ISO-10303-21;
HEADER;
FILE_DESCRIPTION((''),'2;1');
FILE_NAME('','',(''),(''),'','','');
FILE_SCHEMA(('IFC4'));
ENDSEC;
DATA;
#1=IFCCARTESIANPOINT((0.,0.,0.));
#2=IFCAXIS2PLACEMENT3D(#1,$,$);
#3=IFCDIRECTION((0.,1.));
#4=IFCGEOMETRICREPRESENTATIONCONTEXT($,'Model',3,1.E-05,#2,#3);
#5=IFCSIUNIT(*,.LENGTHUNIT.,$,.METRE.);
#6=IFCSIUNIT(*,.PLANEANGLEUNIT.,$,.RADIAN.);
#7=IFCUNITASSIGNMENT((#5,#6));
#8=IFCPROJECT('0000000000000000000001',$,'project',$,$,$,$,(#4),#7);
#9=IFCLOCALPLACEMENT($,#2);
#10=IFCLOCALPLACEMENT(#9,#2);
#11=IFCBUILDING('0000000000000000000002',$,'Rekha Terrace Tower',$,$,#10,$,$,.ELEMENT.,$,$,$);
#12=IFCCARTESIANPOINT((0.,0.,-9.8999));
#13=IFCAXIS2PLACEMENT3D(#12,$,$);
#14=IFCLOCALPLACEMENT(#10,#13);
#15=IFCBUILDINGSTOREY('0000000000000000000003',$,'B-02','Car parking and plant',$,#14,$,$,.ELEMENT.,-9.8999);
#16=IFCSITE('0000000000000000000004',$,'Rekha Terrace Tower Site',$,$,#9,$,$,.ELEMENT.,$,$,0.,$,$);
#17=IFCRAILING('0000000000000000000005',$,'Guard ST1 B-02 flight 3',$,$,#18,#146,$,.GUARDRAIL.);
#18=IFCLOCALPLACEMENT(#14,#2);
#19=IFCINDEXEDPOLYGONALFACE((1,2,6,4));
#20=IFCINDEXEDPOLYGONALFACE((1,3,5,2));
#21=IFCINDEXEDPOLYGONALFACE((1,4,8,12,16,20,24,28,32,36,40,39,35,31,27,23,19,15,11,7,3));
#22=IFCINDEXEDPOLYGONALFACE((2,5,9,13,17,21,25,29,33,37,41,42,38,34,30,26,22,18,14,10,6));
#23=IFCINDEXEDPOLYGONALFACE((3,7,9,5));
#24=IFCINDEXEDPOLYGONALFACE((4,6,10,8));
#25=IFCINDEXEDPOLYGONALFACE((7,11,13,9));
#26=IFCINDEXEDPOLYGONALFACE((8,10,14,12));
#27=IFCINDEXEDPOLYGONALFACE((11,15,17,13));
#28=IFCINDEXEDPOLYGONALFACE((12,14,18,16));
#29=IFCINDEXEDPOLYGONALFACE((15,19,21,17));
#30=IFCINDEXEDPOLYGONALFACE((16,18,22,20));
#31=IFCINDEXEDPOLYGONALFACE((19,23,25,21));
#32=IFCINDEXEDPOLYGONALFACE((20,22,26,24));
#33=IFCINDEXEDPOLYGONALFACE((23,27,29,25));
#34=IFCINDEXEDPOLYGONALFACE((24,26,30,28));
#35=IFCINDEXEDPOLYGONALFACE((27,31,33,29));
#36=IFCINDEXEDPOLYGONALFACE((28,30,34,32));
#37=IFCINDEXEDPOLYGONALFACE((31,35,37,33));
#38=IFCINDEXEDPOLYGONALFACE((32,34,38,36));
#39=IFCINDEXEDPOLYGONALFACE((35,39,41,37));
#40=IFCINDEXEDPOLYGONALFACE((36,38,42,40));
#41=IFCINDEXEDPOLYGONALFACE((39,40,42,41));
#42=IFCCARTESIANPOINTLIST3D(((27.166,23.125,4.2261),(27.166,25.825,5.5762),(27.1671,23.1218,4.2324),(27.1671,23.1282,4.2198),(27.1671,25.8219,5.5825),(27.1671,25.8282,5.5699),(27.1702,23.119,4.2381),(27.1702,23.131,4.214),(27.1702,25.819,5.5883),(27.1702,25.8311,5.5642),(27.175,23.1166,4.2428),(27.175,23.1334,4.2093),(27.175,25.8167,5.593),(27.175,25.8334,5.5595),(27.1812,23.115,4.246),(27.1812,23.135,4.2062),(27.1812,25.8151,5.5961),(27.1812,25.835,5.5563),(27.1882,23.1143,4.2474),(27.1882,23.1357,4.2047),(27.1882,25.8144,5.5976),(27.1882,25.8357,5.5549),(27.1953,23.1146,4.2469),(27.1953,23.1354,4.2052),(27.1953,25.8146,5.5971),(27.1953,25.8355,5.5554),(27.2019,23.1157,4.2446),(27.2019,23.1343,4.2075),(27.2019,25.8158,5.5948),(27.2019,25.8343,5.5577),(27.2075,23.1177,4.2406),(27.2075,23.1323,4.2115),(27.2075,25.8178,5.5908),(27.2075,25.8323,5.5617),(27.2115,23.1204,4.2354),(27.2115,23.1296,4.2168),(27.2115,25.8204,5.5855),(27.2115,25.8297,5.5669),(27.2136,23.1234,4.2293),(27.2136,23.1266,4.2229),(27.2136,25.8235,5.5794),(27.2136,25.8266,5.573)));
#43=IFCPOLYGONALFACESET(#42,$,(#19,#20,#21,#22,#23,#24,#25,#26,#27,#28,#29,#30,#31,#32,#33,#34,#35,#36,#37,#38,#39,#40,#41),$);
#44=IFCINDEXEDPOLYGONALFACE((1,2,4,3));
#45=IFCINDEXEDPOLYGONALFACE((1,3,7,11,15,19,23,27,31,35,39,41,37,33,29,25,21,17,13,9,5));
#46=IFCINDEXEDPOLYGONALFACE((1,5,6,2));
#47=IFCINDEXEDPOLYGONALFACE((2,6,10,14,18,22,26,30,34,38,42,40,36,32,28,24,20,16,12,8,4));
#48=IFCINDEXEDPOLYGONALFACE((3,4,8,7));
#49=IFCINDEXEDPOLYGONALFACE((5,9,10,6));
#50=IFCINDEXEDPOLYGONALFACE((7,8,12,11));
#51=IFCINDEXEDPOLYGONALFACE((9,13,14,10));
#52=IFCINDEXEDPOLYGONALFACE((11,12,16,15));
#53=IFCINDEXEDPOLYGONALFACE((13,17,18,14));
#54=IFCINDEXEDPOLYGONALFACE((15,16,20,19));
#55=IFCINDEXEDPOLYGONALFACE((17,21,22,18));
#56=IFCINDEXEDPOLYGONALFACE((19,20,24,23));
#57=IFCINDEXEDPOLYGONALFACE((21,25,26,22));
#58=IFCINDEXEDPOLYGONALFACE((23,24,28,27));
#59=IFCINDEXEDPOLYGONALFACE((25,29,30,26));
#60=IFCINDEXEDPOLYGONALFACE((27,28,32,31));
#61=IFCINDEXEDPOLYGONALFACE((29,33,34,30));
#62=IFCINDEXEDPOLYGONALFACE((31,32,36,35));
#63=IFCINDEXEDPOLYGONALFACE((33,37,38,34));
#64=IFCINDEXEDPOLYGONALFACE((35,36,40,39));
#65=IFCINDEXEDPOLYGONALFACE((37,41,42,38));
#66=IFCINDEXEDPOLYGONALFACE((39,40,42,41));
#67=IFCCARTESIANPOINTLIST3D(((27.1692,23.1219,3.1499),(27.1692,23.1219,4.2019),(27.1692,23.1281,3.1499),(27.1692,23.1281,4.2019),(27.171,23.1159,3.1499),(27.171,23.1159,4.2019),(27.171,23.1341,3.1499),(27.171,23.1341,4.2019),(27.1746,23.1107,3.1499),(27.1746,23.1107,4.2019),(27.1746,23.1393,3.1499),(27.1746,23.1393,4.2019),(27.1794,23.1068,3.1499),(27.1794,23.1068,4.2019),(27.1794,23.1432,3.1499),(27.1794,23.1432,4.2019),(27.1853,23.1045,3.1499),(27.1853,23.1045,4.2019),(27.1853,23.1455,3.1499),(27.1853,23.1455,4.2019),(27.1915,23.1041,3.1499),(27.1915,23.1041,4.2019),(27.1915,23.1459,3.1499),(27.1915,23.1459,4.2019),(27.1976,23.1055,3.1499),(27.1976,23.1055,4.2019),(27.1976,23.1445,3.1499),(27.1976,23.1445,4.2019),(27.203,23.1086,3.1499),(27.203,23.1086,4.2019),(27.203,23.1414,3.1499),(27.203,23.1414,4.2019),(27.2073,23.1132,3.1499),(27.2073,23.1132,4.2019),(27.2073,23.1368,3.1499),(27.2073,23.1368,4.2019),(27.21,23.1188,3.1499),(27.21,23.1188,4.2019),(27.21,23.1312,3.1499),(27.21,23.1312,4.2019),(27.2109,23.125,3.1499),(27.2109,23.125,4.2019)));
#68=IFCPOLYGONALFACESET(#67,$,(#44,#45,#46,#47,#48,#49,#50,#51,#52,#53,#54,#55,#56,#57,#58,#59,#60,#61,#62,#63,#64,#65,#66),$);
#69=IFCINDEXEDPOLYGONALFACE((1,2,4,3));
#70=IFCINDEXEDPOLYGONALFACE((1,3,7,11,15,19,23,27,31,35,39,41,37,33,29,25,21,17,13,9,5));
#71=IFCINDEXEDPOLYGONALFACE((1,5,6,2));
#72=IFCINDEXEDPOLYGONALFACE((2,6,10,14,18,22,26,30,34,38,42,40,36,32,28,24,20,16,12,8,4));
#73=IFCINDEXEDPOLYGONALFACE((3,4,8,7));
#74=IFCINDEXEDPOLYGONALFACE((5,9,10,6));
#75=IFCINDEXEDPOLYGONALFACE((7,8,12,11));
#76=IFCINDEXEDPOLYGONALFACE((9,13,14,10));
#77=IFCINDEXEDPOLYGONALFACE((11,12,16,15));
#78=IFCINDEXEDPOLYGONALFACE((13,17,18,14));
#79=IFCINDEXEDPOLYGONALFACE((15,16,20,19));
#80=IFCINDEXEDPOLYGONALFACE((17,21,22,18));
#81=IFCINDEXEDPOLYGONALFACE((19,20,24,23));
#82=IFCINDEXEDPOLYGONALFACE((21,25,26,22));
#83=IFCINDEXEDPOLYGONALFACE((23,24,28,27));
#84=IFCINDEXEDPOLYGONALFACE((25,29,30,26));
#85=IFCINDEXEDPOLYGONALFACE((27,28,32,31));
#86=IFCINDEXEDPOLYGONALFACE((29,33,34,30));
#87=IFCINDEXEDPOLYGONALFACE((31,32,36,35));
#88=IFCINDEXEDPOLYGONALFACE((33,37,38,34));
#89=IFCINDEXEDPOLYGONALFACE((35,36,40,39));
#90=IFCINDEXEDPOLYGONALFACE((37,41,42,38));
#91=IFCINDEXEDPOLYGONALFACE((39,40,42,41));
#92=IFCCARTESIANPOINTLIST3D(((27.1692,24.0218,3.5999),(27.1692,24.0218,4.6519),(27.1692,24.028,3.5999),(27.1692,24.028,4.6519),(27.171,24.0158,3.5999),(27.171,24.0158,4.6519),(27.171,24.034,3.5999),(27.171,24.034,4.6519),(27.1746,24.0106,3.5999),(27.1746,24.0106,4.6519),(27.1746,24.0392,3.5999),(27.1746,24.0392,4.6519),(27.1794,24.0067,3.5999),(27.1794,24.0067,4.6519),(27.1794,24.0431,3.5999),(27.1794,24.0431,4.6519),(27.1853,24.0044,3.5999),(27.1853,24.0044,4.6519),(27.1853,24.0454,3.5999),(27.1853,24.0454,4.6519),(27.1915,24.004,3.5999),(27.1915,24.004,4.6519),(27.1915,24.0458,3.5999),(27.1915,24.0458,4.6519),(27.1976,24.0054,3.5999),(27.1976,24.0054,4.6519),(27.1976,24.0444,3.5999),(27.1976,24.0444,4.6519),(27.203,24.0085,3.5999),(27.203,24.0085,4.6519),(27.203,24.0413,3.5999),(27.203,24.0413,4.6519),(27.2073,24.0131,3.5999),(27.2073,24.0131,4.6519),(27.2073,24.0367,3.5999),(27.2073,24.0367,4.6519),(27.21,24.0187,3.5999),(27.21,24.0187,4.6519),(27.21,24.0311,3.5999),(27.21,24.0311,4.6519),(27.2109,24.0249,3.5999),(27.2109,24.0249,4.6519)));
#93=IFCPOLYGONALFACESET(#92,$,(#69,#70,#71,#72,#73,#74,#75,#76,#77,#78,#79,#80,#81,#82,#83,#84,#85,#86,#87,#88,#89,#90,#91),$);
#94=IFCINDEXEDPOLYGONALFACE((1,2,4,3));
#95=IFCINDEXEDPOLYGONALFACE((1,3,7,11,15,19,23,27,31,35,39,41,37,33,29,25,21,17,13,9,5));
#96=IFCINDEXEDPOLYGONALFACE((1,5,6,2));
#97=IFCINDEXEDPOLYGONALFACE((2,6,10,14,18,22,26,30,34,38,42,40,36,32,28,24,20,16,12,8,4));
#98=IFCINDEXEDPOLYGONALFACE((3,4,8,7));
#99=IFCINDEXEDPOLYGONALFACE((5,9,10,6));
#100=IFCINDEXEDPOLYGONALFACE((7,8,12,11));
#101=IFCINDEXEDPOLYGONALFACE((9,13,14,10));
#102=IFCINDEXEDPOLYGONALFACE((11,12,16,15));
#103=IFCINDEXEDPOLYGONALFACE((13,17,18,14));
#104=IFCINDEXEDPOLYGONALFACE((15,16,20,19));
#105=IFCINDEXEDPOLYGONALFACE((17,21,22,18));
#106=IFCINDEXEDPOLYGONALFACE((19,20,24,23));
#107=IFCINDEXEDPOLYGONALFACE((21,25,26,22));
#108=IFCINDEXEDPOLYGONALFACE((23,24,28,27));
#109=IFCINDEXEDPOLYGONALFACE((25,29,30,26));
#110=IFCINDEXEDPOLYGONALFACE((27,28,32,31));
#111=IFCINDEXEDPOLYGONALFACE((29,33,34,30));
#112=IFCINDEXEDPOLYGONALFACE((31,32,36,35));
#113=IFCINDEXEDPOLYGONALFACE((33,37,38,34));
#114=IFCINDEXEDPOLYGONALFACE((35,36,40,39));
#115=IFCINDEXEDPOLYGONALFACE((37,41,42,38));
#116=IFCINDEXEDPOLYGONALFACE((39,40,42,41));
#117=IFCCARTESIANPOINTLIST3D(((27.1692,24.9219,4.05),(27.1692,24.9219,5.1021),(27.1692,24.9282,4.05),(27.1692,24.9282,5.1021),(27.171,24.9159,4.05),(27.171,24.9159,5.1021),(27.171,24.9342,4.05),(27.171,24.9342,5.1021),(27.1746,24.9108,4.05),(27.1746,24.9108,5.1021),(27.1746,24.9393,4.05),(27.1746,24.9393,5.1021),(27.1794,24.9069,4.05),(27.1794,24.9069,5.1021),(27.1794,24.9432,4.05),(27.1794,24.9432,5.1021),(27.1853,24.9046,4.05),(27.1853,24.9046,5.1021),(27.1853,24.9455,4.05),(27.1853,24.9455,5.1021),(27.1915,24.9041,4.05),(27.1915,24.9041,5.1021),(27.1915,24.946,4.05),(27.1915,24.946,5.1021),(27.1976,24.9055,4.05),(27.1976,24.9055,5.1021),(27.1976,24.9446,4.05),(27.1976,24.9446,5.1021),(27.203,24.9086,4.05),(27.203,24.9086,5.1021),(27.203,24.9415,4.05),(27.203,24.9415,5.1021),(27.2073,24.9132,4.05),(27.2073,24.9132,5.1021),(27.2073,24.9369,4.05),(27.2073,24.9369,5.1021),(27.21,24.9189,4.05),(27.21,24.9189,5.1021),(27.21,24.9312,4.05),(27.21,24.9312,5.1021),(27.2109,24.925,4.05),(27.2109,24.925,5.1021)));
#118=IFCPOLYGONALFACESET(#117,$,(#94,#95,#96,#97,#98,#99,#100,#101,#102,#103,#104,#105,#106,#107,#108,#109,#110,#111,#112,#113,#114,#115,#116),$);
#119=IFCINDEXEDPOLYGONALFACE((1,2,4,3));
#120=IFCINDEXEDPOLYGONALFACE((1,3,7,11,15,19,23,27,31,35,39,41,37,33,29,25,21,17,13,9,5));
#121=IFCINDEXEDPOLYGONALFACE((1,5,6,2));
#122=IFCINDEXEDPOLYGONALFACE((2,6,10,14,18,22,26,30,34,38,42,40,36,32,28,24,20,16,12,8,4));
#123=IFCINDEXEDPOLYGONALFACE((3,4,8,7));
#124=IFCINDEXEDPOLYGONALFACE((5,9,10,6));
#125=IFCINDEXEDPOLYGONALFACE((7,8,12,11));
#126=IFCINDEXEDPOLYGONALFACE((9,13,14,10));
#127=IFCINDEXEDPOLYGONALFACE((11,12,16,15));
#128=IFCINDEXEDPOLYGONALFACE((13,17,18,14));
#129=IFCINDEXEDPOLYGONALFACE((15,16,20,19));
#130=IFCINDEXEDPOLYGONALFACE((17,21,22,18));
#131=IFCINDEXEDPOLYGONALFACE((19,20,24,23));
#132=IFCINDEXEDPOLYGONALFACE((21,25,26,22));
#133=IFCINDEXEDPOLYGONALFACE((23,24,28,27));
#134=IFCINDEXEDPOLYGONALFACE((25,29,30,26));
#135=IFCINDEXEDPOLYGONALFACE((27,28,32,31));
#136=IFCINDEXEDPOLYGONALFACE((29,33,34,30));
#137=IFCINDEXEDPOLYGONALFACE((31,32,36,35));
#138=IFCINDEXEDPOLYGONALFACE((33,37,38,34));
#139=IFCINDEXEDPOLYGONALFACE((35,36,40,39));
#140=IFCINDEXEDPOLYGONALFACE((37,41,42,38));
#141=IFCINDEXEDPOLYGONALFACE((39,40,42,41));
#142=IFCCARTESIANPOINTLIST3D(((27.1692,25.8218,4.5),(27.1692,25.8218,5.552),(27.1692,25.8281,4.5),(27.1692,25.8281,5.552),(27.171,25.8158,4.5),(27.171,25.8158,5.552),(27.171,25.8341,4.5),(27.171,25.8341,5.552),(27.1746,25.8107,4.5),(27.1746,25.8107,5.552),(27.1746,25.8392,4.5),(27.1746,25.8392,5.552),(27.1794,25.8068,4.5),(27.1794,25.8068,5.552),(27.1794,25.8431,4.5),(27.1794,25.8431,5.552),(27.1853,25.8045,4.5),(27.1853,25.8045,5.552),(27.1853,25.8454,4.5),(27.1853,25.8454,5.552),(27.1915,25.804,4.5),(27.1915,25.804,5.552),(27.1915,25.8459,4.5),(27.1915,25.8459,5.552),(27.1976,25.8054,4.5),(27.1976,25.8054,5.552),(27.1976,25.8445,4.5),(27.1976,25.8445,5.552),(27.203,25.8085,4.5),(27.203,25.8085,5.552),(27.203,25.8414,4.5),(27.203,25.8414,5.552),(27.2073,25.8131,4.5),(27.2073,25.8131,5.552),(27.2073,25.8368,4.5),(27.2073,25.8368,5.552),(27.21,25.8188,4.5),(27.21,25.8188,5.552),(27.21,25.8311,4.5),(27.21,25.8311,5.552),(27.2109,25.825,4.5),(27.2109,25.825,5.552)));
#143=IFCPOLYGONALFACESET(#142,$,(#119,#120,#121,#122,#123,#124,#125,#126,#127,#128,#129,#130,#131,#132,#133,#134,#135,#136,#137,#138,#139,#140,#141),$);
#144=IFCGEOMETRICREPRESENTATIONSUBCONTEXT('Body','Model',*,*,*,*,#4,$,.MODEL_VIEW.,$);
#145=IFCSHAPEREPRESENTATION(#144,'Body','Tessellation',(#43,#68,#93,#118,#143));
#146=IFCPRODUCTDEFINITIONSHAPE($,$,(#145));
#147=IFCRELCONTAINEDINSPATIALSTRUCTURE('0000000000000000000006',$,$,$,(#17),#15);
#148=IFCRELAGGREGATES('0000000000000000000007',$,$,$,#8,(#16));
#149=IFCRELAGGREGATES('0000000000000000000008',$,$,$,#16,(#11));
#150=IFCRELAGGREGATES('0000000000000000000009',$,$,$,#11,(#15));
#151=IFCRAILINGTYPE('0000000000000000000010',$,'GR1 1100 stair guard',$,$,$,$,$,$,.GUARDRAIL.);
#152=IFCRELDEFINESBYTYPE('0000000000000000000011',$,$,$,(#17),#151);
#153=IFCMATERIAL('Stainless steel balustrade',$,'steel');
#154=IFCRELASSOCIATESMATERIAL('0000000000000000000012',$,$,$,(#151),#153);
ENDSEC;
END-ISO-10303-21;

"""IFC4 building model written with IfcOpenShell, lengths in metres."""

from ifc_helpers import new_model, si_unit, direction, frame, origin, origin_2d, place, context, subcontext, project, spatial, circle, extrude, material, type_object, element, save


model = new_model("IFC4")

# Units and contexts
model_context = context("Model", 3, precision=1e-05, world=origin(), true_north=direction((0.0, 1.0)))
body_context = subcontext(model_context, "Body", "Model", "MODEL_VIEW")
ifc_project = project(units=[si_unit("LENGTHUNIT", "METRE"), si_unit("PLANEANGLEUNIT", "RADIAN")], contexts=[model_context])

# Site, building, storey
site_placement = place(None, origin())
site = spatial("IfcSite", under=ifc_project, at=site_placement, Name="Rekha Terrace Tower Site", CompositionType="ELEMENT", RefElevation=0.0)
building_placement = place(site_placement, origin())
building = spatial("IfcBuilding", under=site, at=building_placement, Name="Rekha Terrace Tower", CompositionType="ELEMENT")
storey_placement = place(building_placement, frame((0.0, 0.0, -9.8999)))
storey = spatial("IfcBuildingStorey", under=building, at=storey_placement, Name="B-02", Description="Car parking and plant", CompositionType="ELEMENT", Elevation=-9.8999)

# Railing
ifc_material_1 = material(Name="Stainless steel balustrade", Category="steel")
railing_type_1 = type_object("IfcRailingType", Name="GR1 1100 stair guard", PredefinedType="GUARDRAIL", material=ifc_material_1)
railing_1_placement = place(storey_placement, frame((27.1899, 23.125, 3.1499)))
element("IfcRailing", 1, at=railing_1_placement, inside=storey, type_object=railing_type_1, Name="Guard ST1 B-02 flight 3", PredefinedType="GUARDRAIL", context=body_context, shape_type="SweptSolid", body=[
    extrude(circle(Radius=0.0239, at=origin_2d()), frame((0.0, 0.0, 1.0762), z_axis=(0.0, 0.894411, 0.447246), x_axis=(-1.0, 0.0, 0.0)), (0.0, 0.0, 1.0), 3.0188),
    extrude(circle(Radius=0.021, at=origin_2d()), origin(), (0.0, 0.0, 1.0), 1.052),
    extrude(circle(Radius=0.021, at=origin_2d()), frame((0.0, 0.8999, 0.45)), (0.0, 0.0, 1.0), 1.052),
    extrude(circle(Radius=0.021, at=origin_2d()), frame((0.0, 1.8, 0.9001)), (0.0, 0.0, 1.0), 1.052),
    extrude(circle(Radius=0.021, at=origin_2d()), frame((0.0, 2.7, 1.3501)), (0.0, 0.0, 1.0), 1.052),
])

save(model, "model.ifc")
